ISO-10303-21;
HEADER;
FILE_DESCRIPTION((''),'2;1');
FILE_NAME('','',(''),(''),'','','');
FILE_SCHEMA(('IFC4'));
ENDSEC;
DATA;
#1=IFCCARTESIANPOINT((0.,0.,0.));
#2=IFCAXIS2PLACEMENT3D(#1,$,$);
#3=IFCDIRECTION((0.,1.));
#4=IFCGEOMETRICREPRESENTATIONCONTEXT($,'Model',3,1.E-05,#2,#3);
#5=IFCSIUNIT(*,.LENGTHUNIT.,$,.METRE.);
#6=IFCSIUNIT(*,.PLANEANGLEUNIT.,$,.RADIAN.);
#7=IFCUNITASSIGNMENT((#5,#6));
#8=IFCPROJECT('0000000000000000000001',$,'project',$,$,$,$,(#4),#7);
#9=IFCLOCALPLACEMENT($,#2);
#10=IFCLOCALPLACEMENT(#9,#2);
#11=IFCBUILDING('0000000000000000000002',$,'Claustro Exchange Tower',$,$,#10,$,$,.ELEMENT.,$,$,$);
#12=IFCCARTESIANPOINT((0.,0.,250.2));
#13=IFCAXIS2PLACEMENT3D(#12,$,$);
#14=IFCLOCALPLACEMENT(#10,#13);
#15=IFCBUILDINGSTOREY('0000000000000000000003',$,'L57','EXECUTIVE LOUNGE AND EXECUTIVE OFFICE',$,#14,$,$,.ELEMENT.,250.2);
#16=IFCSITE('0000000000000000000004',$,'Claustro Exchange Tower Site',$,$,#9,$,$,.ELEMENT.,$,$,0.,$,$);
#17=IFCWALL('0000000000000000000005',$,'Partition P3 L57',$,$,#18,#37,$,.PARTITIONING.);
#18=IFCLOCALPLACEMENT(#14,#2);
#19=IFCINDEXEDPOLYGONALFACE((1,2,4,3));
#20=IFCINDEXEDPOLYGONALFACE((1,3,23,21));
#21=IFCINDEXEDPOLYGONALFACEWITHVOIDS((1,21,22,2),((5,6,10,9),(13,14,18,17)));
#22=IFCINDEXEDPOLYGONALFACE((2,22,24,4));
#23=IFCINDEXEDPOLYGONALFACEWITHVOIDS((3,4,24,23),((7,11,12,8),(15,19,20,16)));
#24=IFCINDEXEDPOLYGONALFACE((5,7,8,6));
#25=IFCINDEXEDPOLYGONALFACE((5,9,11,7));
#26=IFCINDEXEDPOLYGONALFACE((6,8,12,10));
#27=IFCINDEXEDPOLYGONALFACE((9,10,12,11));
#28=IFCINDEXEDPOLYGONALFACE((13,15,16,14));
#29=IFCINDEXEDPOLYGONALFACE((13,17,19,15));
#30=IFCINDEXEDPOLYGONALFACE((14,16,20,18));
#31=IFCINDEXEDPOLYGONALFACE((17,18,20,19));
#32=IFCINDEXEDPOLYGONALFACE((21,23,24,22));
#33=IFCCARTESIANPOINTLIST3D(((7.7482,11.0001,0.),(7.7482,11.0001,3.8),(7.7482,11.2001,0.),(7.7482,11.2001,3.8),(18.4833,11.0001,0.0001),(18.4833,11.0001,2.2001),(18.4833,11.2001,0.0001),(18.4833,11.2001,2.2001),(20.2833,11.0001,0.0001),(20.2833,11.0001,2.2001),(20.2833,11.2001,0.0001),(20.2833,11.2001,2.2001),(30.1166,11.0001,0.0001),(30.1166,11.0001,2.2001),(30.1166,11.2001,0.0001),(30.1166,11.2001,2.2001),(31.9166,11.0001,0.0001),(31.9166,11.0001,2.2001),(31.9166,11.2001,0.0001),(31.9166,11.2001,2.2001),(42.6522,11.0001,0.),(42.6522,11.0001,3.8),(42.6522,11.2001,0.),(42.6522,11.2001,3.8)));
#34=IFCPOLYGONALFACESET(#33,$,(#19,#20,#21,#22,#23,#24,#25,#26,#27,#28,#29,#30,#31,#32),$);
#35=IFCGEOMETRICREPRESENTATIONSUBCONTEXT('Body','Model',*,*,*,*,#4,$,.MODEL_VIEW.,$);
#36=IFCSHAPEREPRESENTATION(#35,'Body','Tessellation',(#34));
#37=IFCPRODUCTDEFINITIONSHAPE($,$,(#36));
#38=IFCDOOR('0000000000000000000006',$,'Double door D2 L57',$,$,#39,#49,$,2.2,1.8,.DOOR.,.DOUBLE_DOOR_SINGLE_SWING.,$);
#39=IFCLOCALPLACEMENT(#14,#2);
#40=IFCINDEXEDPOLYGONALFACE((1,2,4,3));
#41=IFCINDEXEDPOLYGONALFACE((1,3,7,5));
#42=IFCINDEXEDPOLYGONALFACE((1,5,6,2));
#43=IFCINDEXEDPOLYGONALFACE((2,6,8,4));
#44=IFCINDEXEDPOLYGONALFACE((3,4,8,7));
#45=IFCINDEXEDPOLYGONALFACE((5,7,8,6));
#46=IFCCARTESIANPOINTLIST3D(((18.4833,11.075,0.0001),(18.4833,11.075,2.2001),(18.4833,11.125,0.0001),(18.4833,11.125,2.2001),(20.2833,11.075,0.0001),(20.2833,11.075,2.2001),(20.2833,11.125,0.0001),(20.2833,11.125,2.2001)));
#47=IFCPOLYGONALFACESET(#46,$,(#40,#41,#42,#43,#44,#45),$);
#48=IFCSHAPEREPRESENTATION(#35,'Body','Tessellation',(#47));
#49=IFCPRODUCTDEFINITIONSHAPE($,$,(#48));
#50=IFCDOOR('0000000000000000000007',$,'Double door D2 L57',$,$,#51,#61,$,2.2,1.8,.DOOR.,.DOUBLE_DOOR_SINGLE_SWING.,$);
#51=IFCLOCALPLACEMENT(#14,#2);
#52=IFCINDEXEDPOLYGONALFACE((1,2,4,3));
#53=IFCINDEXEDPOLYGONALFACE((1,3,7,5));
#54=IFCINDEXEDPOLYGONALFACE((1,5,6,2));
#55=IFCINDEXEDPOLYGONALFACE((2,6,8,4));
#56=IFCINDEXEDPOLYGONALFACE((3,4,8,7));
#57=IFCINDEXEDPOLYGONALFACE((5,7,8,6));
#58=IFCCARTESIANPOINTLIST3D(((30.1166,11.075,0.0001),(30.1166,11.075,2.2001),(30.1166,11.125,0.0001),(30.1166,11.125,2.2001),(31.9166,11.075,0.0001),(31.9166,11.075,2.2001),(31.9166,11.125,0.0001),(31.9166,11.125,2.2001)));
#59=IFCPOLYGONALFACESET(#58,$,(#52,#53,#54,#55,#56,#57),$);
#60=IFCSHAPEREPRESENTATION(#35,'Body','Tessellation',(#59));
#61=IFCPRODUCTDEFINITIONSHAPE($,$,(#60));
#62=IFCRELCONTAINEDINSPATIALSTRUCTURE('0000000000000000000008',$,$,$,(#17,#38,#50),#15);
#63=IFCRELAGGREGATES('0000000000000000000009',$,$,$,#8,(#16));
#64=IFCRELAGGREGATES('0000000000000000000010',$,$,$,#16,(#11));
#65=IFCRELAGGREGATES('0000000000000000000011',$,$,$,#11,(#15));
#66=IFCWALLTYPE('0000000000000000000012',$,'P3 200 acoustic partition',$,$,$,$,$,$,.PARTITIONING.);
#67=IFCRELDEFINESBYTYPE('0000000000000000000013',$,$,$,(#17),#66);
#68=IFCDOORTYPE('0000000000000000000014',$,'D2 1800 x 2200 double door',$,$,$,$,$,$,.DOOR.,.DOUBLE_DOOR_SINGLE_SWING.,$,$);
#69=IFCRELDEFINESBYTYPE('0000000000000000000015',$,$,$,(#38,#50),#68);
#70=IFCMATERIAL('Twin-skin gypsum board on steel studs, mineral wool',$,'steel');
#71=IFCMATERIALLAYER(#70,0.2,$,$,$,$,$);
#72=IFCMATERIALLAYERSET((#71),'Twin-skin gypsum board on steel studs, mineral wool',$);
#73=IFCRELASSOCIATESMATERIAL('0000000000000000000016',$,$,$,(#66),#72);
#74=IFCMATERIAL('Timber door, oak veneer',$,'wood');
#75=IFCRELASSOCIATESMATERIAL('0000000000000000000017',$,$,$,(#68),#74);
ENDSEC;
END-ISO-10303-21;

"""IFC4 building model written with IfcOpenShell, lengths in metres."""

from ifc_helpers import new_model, si_unit, direction, frame, frame_2d, origin, place, context, subcontext, project, spatial, rectangle, extrude, material, layer, layer_set, type_object, element, fill, save


model = new_model("IFC4")

# Units and contexts
model_context = context("Model", 3, precision=1e-05, world=origin(), true_north=direction((0.0, 1.0)))
body_context = subcontext(model_context, "Body", "Model", "MODEL_VIEW")
ifc_project = project(units=[si_unit("LENGTHUNIT", "METRE"), si_unit("PLANEANGLEUNIT", "RADIAN")], contexts=[model_context])

# Site, building, storey
site_placement = place(None, origin())
site = spatial("IfcSite", under=ifc_project, at=site_placement, Name="Claustro Exchange Tower Site", CompositionType="ELEMENT", RefElevation=0.0)
building_placement = place(site_placement, origin())
building = spatial("IfcBuilding", under=site, at=building_placement, Name="Claustro Exchange Tower", CompositionType="ELEMENT")
storey_placement = place(building_placement, frame((0.0, 0.0, 250.2)))
storey = spatial("IfcBuildingStorey", under=building, at=storey_placement, Name="L57", Description="EXECUTIVE LOUNGE AND EXECUTIVE OFFICE", CompositionType="ELEMENT", Elevation=250.2)

# Wall, openings, doors
ifc_material_1 = material(Name="Twin-skin gypsum board on steel studs, mineral wool", Category="steel")
ifc_layer_1 = layer(ifc_material_1, 0.2)
ifc_layer_set_1 = layer_set([ifc_layer_1], Name="Twin-skin gypsum board on steel studs, mineral wool")
wall_type_1 = type_object("IfcWallType", Name="P3 200 acoustic partition", PredefinedType="PARTITIONING", material=ifc_layer_set_1)
wall_1_placement = place(storey_placement, frame((7.748, 11.1001, 0.0), z_axis=(0.0, 0.0, 1.0), x_axis=(1.0, 0.0, 0.0)))
wall_1 = element("IfcWall", 1, at=wall_1_placement, inside=storey, type_object=wall_type_1, Name="Partition P3 L57", PredefinedType="PARTITIONING", context=body_context, shape_type="SweptSolid", body=[
    extrude(rectangle(XDim=34.9041, YDim=0.2, at=frame_2d((17.4521, 0.0))), origin(), (0.0, 0.0, 1.0), 3.8),
])
opening_1_placement = place(wall_1_placement, frame((10.7354, 0.0, 0.0)))
opening_1 = element("IfcOpeningElement", 2, at=opening_1_placement, cuts=wall_1, PredefinedType="OPENING", context=body_context, shape_type="SweptSolid", body=[
    extrude(rectangle(XDim=1.8, YDim=2.2, at=frame_2d((0.8999, 1.1001))), frame((0.0, 0.1099, 0.0), z_axis=(0.0, -1.0, 0.0), x_axis=(1.0, 0.0, 0.0)), (0.0, 0.0, 1.0), 0.22),
])
opening_2_placement = place(wall_1_placement, frame((22.3687, 0.0, 0.0)))
opening_2 = element("IfcOpeningElement", 3, at=opening_2_placement, cuts=wall_1, PredefinedType="OPENING", context=body_context, shape_type="SweptSolid", body=[
    extrude(rectangle(XDim=1.8, YDim=2.2, at=frame_2d((0.8999, 1.1001))), frame((0.0, 0.1099, 0.0), z_axis=(0.0, -1.0, 0.0), x_axis=(1.0, 0.0, 0.0)), (0.0, 0.0, 1.0), 0.22),
])
ifc_material_2 = material(Name="Timber door, oak veneer", Category="wood")
door_type_1 = type_object("IfcDoorType", Name="D2 1800 x 2200 double door", OperationType="DOUBLE_DOOR_SINGLE_SWING", PredefinedType="DOOR", material=ifc_material_2)
door_1_placement = place(opening_1_placement, origin())
door_1 = element("IfcDoor", 4, at=door_1_placement, inside=storey, type_object=door_type_1, Name="Double door D2 L57", OperationType="DOUBLE_DOOR_SINGLE_SWING", OverallHeight=2.2, OverallWidth=1.8, PredefinedType="DOOR", context=body_context, shape_type="SweptSolid", body=[
    extrude(rectangle(XDim=1.8, YDim=2.2, at=frame_2d((0.8999, 1.1001))), frame((0.0, 0.0249, 0.0), z_axis=(0.0, -1.0, 0.0), x_axis=(1.0, 0.0, 0.0)), (0.0, 0.0, 1.0), 0.05),
])
fill(opening_1, door_1)
door_2_placement = place(opening_2_placement, origin())
door_2 = element("IfcDoor", 5, at=door_2_placement, inside=storey, type_object=door_type_1, Name="Double door D2 L57", OperationType="DOUBLE_DOOR_SINGLE_SWING", OverallHeight=2.2, OverallWidth=1.8, PredefinedType="DOOR", context=body_context, shape_type="SweptSolid", body=[
    extrude(rectangle(XDim=1.8, YDim=2.2, at=frame_2d((0.8999, 1.1001))), frame((0.0, 0.0249, 0.0), z_axis=(0.0, -1.0, 0.0), x_axis=(1.0, 0.0, 0.0)), (0.0, 0.0, 1.0), 0.05),
])
fill(opening_2, door_2)

save(model, "model.ifc")
